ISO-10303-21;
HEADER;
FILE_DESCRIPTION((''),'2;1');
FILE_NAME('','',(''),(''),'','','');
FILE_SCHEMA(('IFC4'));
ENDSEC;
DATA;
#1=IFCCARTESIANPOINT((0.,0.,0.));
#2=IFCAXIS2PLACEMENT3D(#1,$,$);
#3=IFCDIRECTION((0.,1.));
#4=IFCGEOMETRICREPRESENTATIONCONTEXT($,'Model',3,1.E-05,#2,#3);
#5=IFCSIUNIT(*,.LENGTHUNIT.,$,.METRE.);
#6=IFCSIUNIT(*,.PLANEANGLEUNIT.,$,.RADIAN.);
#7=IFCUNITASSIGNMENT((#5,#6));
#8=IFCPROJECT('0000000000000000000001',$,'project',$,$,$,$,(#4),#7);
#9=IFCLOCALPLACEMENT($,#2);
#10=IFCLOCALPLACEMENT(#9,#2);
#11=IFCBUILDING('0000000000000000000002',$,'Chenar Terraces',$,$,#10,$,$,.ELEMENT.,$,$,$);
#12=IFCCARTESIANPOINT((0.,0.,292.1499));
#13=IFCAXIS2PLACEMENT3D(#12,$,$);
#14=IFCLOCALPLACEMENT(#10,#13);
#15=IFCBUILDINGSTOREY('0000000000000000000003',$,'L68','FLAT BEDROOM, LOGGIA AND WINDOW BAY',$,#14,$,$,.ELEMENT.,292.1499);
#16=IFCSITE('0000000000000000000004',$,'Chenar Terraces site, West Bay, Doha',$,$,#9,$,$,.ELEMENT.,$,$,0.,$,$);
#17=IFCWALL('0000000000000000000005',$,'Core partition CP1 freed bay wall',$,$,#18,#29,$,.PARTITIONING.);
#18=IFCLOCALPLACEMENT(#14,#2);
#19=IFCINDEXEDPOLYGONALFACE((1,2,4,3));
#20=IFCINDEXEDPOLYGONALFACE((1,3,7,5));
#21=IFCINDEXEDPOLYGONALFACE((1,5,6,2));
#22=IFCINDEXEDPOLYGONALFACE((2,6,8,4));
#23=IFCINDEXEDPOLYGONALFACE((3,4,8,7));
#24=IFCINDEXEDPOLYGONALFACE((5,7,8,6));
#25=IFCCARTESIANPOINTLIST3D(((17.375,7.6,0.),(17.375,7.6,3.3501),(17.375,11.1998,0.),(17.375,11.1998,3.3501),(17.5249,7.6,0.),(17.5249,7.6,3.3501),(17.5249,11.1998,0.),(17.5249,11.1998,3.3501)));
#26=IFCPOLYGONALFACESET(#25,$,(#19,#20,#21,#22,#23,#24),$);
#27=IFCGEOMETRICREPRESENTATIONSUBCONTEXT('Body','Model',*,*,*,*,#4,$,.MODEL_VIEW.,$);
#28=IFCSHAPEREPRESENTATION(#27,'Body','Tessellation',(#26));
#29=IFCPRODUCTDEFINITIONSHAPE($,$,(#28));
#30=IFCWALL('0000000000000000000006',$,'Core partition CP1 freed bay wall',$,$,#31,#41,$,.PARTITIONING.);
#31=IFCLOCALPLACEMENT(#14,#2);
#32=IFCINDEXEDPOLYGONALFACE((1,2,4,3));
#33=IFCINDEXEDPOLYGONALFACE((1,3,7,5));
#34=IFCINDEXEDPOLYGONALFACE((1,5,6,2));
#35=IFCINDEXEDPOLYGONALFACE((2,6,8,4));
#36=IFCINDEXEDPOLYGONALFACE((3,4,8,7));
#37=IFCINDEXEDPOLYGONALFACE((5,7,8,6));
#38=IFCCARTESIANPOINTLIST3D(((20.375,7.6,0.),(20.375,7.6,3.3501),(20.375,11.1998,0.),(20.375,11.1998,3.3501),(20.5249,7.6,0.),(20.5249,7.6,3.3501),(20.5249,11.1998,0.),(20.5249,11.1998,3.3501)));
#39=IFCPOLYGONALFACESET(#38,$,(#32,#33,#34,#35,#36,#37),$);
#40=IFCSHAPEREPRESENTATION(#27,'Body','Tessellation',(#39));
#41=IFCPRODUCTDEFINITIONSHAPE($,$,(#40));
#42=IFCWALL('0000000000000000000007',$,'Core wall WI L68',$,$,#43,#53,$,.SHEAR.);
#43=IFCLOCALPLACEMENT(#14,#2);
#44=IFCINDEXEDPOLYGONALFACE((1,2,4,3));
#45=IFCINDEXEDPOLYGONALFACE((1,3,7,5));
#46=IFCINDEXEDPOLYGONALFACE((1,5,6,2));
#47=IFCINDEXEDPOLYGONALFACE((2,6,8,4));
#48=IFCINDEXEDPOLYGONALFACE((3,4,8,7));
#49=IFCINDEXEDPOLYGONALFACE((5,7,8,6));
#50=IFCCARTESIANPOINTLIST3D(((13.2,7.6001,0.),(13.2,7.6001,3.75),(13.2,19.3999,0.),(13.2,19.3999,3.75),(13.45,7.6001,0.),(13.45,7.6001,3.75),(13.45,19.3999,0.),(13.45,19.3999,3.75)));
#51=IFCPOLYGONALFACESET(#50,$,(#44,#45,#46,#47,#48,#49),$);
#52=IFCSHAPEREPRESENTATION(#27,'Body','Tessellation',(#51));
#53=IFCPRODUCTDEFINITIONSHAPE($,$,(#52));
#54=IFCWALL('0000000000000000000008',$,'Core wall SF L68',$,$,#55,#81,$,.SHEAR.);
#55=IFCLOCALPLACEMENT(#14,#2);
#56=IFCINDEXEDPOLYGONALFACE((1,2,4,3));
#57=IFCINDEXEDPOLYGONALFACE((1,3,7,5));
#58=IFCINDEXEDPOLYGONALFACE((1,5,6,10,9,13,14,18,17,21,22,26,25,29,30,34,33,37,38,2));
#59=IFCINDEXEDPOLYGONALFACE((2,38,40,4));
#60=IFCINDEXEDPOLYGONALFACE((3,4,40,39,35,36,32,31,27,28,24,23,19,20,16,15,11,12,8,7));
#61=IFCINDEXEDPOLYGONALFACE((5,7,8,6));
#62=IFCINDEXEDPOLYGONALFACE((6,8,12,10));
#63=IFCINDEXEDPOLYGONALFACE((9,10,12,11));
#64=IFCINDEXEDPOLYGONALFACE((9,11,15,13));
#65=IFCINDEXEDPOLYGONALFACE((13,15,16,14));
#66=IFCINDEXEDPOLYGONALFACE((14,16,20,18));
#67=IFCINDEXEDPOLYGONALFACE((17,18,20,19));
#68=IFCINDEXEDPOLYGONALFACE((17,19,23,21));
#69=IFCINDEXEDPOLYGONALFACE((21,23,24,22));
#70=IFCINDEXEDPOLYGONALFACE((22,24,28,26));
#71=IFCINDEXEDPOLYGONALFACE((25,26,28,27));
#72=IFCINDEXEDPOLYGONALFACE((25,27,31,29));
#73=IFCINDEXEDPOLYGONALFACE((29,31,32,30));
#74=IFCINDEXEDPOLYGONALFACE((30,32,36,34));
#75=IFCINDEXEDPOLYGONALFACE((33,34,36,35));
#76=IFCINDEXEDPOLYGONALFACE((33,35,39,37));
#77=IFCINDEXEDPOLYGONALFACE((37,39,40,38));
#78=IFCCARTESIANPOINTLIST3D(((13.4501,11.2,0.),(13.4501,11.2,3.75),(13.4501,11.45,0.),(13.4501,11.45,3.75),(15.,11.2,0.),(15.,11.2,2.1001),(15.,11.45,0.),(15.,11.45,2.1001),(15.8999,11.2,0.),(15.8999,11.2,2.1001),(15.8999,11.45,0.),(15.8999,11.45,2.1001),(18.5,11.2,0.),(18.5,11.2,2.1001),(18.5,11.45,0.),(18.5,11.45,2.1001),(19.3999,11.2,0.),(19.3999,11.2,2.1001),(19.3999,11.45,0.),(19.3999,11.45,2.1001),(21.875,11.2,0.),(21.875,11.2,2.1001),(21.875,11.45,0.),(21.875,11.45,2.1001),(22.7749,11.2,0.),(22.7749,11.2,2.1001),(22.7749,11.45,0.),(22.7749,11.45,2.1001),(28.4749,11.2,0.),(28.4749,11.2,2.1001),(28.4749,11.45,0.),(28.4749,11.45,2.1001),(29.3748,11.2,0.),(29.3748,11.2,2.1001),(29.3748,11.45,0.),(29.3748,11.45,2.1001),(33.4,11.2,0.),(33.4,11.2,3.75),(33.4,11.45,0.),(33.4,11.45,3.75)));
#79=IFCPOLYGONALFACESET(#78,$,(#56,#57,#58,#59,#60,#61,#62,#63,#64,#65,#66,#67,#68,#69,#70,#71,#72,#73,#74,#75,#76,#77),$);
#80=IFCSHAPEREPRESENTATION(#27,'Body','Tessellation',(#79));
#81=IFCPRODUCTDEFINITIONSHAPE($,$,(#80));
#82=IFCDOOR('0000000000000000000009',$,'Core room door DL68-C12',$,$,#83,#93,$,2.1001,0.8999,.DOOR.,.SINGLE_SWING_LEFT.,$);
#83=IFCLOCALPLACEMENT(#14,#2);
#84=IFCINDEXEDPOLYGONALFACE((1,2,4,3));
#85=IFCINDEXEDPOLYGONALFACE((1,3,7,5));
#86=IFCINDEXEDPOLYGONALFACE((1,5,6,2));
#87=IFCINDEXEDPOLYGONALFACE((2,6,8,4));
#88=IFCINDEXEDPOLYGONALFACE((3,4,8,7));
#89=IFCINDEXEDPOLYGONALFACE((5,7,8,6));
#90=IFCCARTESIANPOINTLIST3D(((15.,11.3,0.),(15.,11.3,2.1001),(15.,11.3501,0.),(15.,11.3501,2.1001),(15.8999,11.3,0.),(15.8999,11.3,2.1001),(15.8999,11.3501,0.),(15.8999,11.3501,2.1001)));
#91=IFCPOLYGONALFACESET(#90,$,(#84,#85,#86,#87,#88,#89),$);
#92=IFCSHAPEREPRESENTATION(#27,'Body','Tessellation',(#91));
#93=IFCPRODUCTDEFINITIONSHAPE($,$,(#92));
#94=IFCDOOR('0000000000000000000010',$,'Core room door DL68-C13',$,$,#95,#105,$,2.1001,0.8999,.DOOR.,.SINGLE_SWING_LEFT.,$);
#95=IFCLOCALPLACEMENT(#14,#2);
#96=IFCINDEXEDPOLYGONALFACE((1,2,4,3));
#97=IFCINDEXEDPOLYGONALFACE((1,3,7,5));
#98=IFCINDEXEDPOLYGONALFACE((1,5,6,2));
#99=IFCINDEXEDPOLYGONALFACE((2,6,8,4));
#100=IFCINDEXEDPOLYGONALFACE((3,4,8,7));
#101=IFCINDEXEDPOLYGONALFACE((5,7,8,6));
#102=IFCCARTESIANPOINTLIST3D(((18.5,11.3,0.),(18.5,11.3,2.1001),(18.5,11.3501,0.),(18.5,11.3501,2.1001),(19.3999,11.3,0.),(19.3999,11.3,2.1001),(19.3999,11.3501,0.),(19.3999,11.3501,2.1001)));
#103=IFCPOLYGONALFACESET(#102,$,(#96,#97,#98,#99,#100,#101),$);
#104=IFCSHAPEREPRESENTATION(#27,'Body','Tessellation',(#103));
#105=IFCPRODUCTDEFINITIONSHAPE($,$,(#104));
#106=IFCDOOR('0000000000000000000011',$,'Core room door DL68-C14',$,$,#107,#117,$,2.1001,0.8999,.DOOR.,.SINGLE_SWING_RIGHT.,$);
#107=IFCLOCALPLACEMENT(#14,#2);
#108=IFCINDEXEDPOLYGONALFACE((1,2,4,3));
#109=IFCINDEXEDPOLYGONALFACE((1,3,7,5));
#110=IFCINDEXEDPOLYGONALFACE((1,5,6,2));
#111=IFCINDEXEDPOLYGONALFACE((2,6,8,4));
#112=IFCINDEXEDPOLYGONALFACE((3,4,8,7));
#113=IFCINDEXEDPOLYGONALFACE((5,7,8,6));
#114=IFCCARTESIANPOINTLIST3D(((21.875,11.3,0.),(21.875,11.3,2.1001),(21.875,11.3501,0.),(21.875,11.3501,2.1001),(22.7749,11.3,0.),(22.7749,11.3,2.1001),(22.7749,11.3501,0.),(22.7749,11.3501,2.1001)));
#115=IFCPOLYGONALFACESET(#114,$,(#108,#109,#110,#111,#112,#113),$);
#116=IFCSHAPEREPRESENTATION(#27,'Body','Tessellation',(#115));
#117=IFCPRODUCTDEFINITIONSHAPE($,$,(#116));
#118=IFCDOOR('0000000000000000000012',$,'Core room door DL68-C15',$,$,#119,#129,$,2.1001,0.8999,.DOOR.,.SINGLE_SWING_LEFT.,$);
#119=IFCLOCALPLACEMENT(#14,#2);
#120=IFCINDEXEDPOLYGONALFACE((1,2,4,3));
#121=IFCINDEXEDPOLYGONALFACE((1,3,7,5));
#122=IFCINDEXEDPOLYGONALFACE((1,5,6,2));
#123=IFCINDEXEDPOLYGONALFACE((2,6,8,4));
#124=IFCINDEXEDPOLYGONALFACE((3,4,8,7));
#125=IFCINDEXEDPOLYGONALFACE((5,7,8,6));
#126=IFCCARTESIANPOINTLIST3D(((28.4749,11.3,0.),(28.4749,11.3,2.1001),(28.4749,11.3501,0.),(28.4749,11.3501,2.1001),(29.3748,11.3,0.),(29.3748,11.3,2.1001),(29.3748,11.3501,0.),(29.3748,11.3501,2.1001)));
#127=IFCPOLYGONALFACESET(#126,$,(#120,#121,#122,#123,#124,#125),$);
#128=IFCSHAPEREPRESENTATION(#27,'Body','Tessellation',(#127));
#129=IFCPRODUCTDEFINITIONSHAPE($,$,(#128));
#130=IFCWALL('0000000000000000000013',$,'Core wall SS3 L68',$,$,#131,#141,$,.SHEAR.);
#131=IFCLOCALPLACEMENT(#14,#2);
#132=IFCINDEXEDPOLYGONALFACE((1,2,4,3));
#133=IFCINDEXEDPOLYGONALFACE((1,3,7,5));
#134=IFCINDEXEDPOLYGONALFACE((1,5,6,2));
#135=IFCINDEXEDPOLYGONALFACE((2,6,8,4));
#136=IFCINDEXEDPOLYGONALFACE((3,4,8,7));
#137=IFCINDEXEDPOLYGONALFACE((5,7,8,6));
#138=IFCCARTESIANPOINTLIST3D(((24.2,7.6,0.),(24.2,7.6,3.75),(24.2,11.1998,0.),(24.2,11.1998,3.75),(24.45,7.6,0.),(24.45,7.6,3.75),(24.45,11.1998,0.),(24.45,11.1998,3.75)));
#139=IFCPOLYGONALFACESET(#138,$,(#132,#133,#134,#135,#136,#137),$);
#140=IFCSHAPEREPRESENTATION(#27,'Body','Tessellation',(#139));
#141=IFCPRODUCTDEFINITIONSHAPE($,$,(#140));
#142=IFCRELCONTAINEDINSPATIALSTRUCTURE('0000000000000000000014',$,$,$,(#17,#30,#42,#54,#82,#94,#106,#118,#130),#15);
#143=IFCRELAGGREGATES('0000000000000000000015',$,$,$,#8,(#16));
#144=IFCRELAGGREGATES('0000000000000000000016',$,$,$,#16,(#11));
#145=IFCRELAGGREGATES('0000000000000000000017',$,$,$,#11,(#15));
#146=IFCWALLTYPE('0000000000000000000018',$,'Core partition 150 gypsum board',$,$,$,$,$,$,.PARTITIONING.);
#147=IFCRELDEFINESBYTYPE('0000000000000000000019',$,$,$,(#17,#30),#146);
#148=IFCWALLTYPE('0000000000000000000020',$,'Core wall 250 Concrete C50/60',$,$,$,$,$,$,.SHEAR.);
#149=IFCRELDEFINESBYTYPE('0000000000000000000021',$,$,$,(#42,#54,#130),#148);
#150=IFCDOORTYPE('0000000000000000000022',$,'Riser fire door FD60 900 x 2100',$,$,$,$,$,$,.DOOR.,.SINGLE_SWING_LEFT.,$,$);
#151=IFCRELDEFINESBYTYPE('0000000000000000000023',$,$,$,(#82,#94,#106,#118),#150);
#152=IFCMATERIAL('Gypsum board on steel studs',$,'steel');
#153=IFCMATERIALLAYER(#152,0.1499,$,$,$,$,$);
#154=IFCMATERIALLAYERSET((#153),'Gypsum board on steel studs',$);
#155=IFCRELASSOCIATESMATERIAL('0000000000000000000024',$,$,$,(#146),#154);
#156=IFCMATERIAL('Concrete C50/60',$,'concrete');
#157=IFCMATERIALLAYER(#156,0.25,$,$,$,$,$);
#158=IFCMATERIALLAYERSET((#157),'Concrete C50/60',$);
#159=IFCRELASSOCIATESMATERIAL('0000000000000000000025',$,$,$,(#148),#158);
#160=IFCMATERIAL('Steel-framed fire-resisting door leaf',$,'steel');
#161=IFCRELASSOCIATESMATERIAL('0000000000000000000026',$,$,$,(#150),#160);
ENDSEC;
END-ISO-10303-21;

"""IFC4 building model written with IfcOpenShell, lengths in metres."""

from ifc_helpers import new_model, si_unit, direction, frame, frame_2d, origin, place, context, subcontext, project, spatial, rectangle, extrude, material, layer, layer_set, type_object, element, fill, save


model = new_model("IFC4")

# Units and contexts
model_context = context("Model", 3, precision=1e-05, world=origin(), true_north=direction((0.0, 1.0)))
body_context = subcontext(model_context, "Body", "Model", "MODEL_VIEW")
ifc_project = project(units=[si_unit("LENGTHUNIT", "METRE"), si_unit("PLANEANGLEUNIT", "RADIAN")], contexts=[model_context])

# Site, building, storey
site_placement = place(None, origin())
site = spatial("IfcSite", under=ifc_project, at=site_placement, Name="Chenar Terraces site, West Bay, Doha", CompositionType="ELEMENT", RefElevation=0.0)
building_placement = place(site_placement, origin())
building = spatial("IfcBuilding", under=site, at=building_placement, Name="Chenar Terraces", CompositionType="ELEMENT")
storey_placement = place(building_placement, frame((0.0, 0.0, 292.1499)))
storey = spatial("IfcBuildingStorey", under=building, at=storey_placement, Name="L68", Description="FLAT BEDROOM, LOGGIA AND WINDOW BAY", CompositionType="ELEMENT", Elevation=292.1499)

# Walls
ifc_material_1 = material(Name="Gypsum board on steel studs", Category="steel")
ifc_layer_1 = layer(ifc_material_1, 0.1499)
ifc_layer_set_1 = layer_set([ifc_layer_1], Name="Gypsum board on steel studs")
wall_type_1 = type_object("IfcWallType", Name="Core partition 150 gypsum board", PredefinedType="PARTITIONING", material=ifc_layer_set_1)
for number, where, z_axis, x_axis, name in (
    (1, (17.45, 7.6001, 0.0), (0.0, 0.0, 1.0), (0.0, 1.0, 0.0), "Core partition CP1 freed bay wall"),
    (2, (20.45, 7.6001, 0.0), (0.0, 0.0, 1.0), (0.0, 1.0, 0.0), "Core partition CP1 freed bay wall"),
):
    element("IfcWall", number, at=place(storey_placement, frame(where, z_axis=z_axis, x_axis=x_axis)), inside=storey, type_object=wall_type_1, Name=name, PredefinedType="PARTITIONING", context=body_context, shape_type="SweptSolid", body=[
        extrude(rectangle(XDim=3.5999, YDim=0.1499, at=frame_2d((1.7998, 0.0))), origin(), (0.0, 0.0, 1.0), 3.3501),
    ])
ifc_material_2 = material(Name="Concrete C50/60", Category="concrete")
ifc_layer_2 = layer(ifc_material_2, 0.25)
ifc_layer_set_2 = layer_set([ifc_layer_2], Name="Concrete C50/60")
wall_type_2 = type_object("IfcWallType", Name="Core wall 250 Concrete C50/60", PredefinedType="SHEAR", material=ifc_layer_set_2)
wall_1_placement = place(storey_placement, frame((13.325, 7.6001, 0.0), z_axis=(0.0, 0.0, 1.0), x_axis=(0.0, 1.0, 0.0)))
element("IfcWall", 3, at=wall_1_placement, inside=storey, type_object=wall_type_2, Name="Core wall WI L68", PredefinedType="SHEAR", context=body_context, shape_type="SweptSolid", body=[
    extrude(rectangle(XDim=11.7998, YDim=0.25, at=frame_2d((5.8999, 0.0))), origin(), (0.0, 0.0, 1.0), 3.75),
])

# Wall, openings, doors
wall_2_placement = place(storey_placement, frame((13.45, 11.325, 0.0), z_axis=(0.0, 0.0, 1.0), x_axis=(1.0, 0.0, 0.0)))
wall_2 = element("IfcWall", 4, at=wall_2_placement, inside=storey, type_object=wall_type_2, Name="Core wall SF L68", PredefinedType="SHEAR", context=body_context, shape_type="SweptSolid", body=[
    extrude(rectangle(XDim=19.95, YDim=0.25, at=frame_2d((9.9751, 0.0))), origin(), (0.0, 0.0, 1.0), 3.75),
])
opening_1_placement = place(wall_2_placement, frame((1.55, 0.0, 0.0)))
opening_1 = element("IfcOpeningElement", 5, at=opening_1_placement, cuts=wall_2, PredefinedType="OPENING", context=body_context, shape_type="SweptSolid", body=[
    extrude(rectangle(XDim=0.8999, YDim=2.1001, at=frame_2d((0.45, 1.05))), frame((0.0, 0.135, 0.0), z_axis=(0.0, -1.0, 0.0), x_axis=(1.0, 0.0, 0.0)), (0.0, 0.0, 1.0), 0.27),
])
opening_2_placement = place(wall_2_placement, frame((5.05, 0.0, 0.0)))
opening_2 = element("IfcOpeningElement", 6, at=opening_2_placement, cuts=wall_2, PredefinedType="OPENING", context=body_context, shape_type="SweptSolid", body=[
    extrude(rectangle(XDim=0.8999, YDim=2.1001, at=frame_2d((0.45, 1.05))), frame((0.0, 0.135, 0.0), z_axis=(0.0, -1.0, 0.0), x_axis=(1.0, 0.0, 0.0)), (0.0, 0.0, 1.0), 0.27),
])
opening_3_placement = place(wall_2_placement, frame((8.425, 0.0, 0.0)))
opening_3 = element("IfcOpeningElement", 7, at=opening_3_placement, cuts=wall_2, PredefinedType="OPENING", context=body_context, shape_type="SweptSolid", body=[
    extrude(rectangle(XDim=0.8999, YDim=2.1001, at=frame_2d((0.45, 1.05))), frame((0.0, 0.135, 0.0), z_axis=(0.0, -1.0, 0.0), x_axis=(1.0, 0.0, 0.0)), (0.0, 0.0, 1.0), 0.27),
])
opening_4_placement = place(wall_2_placement, frame((15.0249, 0.0, 0.0)))
opening_4 = element("IfcOpeningElement", 8, at=opening_4_placement, cuts=wall_2, PredefinedType="OPENING", context=body_context, shape_type="SweptSolid", body=[
    extrude(rectangle(XDim=0.8999, YDim=2.1001, at=frame_2d((0.45, 1.05))), frame((0.0, 0.135, 0.0), z_axis=(0.0, -1.0, 0.0), x_axis=(1.0, 0.0, 0.0)), (0.0, 0.0, 1.0), 0.27),
])
ifc_material_3 = material(Name="Steel-framed fire-resisting door leaf", Category="steel")
door_type_1 = type_object("IfcDoorType", Name="Riser fire door FD60 900 x 2100", OperationType="SINGLE_SWING_LEFT", PredefinedType="DOOR", material=ifc_material_3)
door_1_placement = place(opening_1_placement, frame((0.8999, 0.0, 0.0), z_axis=(0.0, 0.0, 1.0), x_axis=(-1.0, 0.0, 0.0)))
door_1 = element("IfcDoor", 9, at=door_1_placement, inside=storey, type_object=door_type_1, Name="Core room door DL68-C12", OperationType="SINGLE_SWING_LEFT", OverallHeight=2.1001, OverallWidth=0.8999, PredefinedType="DOOR", context=body_context, shape_type="SweptSolid", body=[
    extrude(rectangle(XDim=0.8999, YDim=2.1001, at=frame_2d((0.45, 1.05))), frame((0.0, 0.0249, 0.0), z_axis=(0.0, -1.0, 0.0), x_axis=(1.0, 0.0, 0.0)), (0.0, 0.0, 1.0), 0.05),
])
fill(opening_1, door_1)
door_2_placement = place(opening_2_placement, frame((0.8999, 0.0, 0.0), z_axis=(0.0, 0.0, 1.0), x_axis=(-1.0, 0.0, 0.0)))
door_2 = element("IfcDoor", 10, at=door_2_placement, inside=storey, type_object=door_type_1, Name="Core room door DL68-C13", OperationType="SINGLE_SWING_LEFT", OverallHeight=2.1001, OverallWidth=0.8999, PredefinedType="DOOR", context=body_context, shape_type="SweptSolid", body=[
    extrude(rectangle(XDim=0.8999, YDim=2.1001, at=frame_2d((0.45, 1.05))), frame((0.0, 0.0249, 0.0), z_axis=(0.0, -1.0, 0.0), x_axis=(1.0, 0.0, 0.0)), (0.0, 0.0, 1.0), 0.05),
])
fill(opening_2, door_2)
door_3_placement = place(opening_3_placement, frame((0.8999, 0.0, 0.0), z_axis=(0.0, 0.0, 1.0), x_axis=(-1.0, 0.0, 0.0)))
door_3 = element("IfcDoor", 11, at=door_3_placement, inside=storey, type_object=door_type_1, Name="Core room door DL68-C14", OperationType="SINGLE_SWING_RIGHT", OverallHeight=2.1001, OverallWidth=0.8999, PredefinedType="DOOR", context=body_context, shape_type="SweptSolid", body=[
    extrude(rectangle(XDim=0.8999, YDim=2.1001, at=frame_2d((0.45, 1.05))), frame((0.0, 0.0249, 0.0), z_axis=(0.0, -1.0, 0.0), x_axis=(1.0, 0.0, 0.0)), (0.0, 0.0, 1.0), 0.05),
])
fill(opening_3, door_3)
door_4_placement = place(opening_4_placement, frame((0.8999, 0.0, 0.0), z_axis=(0.0, 0.0, 1.0), x_axis=(-1.0, 0.0, 0.0)))
door_4 = element("IfcDoor", 12, at=door_4_placement, inside=storey, type_object=door_type_1, Name="Core room door DL68-C15", OperationType="SINGLE_SWING_LEFT", OverallHeight=2.1001, OverallWidth=0.8999, PredefinedType="DOOR", context=body_context, shape_type="SweptSolid", body=[
    extrude(rectangle(XDim=0.8999, YDim=2.1001, at=frame_2d((0.45, 1.05))), frame((0.0, 0.0249, 0.0), z_axis=(0.0, -1.0, 0.0), x_axis=(1.0, 0.0, 0.0)), (0.0, 0.0, 1.0), 0.05),
])
fill(opening_4, door_4)

# Wall
wall_3_placement = place(storey_placement, frame((24.325, 7.6001, 0.0), z_axis=(0.0, 0.0, 1.0), x_axis=(0.0, 1.0, 0.0)))
element("IfcWall", 13, at=wall_3_placement, inside=storey, type_object=wall_type_2, Name="Core wall SS3 L68", PredefinedType="SHEAR", context=body_context, shape_type="SweptSolid", body=[
    extrude(rectangle(XDim=3.5999, YDim=0.25, at=frame_2d((1.7998, 0.0))), origin(), (0.0, 0.0, 1.0), 3.75),
])

save(model, "model.ifc")
